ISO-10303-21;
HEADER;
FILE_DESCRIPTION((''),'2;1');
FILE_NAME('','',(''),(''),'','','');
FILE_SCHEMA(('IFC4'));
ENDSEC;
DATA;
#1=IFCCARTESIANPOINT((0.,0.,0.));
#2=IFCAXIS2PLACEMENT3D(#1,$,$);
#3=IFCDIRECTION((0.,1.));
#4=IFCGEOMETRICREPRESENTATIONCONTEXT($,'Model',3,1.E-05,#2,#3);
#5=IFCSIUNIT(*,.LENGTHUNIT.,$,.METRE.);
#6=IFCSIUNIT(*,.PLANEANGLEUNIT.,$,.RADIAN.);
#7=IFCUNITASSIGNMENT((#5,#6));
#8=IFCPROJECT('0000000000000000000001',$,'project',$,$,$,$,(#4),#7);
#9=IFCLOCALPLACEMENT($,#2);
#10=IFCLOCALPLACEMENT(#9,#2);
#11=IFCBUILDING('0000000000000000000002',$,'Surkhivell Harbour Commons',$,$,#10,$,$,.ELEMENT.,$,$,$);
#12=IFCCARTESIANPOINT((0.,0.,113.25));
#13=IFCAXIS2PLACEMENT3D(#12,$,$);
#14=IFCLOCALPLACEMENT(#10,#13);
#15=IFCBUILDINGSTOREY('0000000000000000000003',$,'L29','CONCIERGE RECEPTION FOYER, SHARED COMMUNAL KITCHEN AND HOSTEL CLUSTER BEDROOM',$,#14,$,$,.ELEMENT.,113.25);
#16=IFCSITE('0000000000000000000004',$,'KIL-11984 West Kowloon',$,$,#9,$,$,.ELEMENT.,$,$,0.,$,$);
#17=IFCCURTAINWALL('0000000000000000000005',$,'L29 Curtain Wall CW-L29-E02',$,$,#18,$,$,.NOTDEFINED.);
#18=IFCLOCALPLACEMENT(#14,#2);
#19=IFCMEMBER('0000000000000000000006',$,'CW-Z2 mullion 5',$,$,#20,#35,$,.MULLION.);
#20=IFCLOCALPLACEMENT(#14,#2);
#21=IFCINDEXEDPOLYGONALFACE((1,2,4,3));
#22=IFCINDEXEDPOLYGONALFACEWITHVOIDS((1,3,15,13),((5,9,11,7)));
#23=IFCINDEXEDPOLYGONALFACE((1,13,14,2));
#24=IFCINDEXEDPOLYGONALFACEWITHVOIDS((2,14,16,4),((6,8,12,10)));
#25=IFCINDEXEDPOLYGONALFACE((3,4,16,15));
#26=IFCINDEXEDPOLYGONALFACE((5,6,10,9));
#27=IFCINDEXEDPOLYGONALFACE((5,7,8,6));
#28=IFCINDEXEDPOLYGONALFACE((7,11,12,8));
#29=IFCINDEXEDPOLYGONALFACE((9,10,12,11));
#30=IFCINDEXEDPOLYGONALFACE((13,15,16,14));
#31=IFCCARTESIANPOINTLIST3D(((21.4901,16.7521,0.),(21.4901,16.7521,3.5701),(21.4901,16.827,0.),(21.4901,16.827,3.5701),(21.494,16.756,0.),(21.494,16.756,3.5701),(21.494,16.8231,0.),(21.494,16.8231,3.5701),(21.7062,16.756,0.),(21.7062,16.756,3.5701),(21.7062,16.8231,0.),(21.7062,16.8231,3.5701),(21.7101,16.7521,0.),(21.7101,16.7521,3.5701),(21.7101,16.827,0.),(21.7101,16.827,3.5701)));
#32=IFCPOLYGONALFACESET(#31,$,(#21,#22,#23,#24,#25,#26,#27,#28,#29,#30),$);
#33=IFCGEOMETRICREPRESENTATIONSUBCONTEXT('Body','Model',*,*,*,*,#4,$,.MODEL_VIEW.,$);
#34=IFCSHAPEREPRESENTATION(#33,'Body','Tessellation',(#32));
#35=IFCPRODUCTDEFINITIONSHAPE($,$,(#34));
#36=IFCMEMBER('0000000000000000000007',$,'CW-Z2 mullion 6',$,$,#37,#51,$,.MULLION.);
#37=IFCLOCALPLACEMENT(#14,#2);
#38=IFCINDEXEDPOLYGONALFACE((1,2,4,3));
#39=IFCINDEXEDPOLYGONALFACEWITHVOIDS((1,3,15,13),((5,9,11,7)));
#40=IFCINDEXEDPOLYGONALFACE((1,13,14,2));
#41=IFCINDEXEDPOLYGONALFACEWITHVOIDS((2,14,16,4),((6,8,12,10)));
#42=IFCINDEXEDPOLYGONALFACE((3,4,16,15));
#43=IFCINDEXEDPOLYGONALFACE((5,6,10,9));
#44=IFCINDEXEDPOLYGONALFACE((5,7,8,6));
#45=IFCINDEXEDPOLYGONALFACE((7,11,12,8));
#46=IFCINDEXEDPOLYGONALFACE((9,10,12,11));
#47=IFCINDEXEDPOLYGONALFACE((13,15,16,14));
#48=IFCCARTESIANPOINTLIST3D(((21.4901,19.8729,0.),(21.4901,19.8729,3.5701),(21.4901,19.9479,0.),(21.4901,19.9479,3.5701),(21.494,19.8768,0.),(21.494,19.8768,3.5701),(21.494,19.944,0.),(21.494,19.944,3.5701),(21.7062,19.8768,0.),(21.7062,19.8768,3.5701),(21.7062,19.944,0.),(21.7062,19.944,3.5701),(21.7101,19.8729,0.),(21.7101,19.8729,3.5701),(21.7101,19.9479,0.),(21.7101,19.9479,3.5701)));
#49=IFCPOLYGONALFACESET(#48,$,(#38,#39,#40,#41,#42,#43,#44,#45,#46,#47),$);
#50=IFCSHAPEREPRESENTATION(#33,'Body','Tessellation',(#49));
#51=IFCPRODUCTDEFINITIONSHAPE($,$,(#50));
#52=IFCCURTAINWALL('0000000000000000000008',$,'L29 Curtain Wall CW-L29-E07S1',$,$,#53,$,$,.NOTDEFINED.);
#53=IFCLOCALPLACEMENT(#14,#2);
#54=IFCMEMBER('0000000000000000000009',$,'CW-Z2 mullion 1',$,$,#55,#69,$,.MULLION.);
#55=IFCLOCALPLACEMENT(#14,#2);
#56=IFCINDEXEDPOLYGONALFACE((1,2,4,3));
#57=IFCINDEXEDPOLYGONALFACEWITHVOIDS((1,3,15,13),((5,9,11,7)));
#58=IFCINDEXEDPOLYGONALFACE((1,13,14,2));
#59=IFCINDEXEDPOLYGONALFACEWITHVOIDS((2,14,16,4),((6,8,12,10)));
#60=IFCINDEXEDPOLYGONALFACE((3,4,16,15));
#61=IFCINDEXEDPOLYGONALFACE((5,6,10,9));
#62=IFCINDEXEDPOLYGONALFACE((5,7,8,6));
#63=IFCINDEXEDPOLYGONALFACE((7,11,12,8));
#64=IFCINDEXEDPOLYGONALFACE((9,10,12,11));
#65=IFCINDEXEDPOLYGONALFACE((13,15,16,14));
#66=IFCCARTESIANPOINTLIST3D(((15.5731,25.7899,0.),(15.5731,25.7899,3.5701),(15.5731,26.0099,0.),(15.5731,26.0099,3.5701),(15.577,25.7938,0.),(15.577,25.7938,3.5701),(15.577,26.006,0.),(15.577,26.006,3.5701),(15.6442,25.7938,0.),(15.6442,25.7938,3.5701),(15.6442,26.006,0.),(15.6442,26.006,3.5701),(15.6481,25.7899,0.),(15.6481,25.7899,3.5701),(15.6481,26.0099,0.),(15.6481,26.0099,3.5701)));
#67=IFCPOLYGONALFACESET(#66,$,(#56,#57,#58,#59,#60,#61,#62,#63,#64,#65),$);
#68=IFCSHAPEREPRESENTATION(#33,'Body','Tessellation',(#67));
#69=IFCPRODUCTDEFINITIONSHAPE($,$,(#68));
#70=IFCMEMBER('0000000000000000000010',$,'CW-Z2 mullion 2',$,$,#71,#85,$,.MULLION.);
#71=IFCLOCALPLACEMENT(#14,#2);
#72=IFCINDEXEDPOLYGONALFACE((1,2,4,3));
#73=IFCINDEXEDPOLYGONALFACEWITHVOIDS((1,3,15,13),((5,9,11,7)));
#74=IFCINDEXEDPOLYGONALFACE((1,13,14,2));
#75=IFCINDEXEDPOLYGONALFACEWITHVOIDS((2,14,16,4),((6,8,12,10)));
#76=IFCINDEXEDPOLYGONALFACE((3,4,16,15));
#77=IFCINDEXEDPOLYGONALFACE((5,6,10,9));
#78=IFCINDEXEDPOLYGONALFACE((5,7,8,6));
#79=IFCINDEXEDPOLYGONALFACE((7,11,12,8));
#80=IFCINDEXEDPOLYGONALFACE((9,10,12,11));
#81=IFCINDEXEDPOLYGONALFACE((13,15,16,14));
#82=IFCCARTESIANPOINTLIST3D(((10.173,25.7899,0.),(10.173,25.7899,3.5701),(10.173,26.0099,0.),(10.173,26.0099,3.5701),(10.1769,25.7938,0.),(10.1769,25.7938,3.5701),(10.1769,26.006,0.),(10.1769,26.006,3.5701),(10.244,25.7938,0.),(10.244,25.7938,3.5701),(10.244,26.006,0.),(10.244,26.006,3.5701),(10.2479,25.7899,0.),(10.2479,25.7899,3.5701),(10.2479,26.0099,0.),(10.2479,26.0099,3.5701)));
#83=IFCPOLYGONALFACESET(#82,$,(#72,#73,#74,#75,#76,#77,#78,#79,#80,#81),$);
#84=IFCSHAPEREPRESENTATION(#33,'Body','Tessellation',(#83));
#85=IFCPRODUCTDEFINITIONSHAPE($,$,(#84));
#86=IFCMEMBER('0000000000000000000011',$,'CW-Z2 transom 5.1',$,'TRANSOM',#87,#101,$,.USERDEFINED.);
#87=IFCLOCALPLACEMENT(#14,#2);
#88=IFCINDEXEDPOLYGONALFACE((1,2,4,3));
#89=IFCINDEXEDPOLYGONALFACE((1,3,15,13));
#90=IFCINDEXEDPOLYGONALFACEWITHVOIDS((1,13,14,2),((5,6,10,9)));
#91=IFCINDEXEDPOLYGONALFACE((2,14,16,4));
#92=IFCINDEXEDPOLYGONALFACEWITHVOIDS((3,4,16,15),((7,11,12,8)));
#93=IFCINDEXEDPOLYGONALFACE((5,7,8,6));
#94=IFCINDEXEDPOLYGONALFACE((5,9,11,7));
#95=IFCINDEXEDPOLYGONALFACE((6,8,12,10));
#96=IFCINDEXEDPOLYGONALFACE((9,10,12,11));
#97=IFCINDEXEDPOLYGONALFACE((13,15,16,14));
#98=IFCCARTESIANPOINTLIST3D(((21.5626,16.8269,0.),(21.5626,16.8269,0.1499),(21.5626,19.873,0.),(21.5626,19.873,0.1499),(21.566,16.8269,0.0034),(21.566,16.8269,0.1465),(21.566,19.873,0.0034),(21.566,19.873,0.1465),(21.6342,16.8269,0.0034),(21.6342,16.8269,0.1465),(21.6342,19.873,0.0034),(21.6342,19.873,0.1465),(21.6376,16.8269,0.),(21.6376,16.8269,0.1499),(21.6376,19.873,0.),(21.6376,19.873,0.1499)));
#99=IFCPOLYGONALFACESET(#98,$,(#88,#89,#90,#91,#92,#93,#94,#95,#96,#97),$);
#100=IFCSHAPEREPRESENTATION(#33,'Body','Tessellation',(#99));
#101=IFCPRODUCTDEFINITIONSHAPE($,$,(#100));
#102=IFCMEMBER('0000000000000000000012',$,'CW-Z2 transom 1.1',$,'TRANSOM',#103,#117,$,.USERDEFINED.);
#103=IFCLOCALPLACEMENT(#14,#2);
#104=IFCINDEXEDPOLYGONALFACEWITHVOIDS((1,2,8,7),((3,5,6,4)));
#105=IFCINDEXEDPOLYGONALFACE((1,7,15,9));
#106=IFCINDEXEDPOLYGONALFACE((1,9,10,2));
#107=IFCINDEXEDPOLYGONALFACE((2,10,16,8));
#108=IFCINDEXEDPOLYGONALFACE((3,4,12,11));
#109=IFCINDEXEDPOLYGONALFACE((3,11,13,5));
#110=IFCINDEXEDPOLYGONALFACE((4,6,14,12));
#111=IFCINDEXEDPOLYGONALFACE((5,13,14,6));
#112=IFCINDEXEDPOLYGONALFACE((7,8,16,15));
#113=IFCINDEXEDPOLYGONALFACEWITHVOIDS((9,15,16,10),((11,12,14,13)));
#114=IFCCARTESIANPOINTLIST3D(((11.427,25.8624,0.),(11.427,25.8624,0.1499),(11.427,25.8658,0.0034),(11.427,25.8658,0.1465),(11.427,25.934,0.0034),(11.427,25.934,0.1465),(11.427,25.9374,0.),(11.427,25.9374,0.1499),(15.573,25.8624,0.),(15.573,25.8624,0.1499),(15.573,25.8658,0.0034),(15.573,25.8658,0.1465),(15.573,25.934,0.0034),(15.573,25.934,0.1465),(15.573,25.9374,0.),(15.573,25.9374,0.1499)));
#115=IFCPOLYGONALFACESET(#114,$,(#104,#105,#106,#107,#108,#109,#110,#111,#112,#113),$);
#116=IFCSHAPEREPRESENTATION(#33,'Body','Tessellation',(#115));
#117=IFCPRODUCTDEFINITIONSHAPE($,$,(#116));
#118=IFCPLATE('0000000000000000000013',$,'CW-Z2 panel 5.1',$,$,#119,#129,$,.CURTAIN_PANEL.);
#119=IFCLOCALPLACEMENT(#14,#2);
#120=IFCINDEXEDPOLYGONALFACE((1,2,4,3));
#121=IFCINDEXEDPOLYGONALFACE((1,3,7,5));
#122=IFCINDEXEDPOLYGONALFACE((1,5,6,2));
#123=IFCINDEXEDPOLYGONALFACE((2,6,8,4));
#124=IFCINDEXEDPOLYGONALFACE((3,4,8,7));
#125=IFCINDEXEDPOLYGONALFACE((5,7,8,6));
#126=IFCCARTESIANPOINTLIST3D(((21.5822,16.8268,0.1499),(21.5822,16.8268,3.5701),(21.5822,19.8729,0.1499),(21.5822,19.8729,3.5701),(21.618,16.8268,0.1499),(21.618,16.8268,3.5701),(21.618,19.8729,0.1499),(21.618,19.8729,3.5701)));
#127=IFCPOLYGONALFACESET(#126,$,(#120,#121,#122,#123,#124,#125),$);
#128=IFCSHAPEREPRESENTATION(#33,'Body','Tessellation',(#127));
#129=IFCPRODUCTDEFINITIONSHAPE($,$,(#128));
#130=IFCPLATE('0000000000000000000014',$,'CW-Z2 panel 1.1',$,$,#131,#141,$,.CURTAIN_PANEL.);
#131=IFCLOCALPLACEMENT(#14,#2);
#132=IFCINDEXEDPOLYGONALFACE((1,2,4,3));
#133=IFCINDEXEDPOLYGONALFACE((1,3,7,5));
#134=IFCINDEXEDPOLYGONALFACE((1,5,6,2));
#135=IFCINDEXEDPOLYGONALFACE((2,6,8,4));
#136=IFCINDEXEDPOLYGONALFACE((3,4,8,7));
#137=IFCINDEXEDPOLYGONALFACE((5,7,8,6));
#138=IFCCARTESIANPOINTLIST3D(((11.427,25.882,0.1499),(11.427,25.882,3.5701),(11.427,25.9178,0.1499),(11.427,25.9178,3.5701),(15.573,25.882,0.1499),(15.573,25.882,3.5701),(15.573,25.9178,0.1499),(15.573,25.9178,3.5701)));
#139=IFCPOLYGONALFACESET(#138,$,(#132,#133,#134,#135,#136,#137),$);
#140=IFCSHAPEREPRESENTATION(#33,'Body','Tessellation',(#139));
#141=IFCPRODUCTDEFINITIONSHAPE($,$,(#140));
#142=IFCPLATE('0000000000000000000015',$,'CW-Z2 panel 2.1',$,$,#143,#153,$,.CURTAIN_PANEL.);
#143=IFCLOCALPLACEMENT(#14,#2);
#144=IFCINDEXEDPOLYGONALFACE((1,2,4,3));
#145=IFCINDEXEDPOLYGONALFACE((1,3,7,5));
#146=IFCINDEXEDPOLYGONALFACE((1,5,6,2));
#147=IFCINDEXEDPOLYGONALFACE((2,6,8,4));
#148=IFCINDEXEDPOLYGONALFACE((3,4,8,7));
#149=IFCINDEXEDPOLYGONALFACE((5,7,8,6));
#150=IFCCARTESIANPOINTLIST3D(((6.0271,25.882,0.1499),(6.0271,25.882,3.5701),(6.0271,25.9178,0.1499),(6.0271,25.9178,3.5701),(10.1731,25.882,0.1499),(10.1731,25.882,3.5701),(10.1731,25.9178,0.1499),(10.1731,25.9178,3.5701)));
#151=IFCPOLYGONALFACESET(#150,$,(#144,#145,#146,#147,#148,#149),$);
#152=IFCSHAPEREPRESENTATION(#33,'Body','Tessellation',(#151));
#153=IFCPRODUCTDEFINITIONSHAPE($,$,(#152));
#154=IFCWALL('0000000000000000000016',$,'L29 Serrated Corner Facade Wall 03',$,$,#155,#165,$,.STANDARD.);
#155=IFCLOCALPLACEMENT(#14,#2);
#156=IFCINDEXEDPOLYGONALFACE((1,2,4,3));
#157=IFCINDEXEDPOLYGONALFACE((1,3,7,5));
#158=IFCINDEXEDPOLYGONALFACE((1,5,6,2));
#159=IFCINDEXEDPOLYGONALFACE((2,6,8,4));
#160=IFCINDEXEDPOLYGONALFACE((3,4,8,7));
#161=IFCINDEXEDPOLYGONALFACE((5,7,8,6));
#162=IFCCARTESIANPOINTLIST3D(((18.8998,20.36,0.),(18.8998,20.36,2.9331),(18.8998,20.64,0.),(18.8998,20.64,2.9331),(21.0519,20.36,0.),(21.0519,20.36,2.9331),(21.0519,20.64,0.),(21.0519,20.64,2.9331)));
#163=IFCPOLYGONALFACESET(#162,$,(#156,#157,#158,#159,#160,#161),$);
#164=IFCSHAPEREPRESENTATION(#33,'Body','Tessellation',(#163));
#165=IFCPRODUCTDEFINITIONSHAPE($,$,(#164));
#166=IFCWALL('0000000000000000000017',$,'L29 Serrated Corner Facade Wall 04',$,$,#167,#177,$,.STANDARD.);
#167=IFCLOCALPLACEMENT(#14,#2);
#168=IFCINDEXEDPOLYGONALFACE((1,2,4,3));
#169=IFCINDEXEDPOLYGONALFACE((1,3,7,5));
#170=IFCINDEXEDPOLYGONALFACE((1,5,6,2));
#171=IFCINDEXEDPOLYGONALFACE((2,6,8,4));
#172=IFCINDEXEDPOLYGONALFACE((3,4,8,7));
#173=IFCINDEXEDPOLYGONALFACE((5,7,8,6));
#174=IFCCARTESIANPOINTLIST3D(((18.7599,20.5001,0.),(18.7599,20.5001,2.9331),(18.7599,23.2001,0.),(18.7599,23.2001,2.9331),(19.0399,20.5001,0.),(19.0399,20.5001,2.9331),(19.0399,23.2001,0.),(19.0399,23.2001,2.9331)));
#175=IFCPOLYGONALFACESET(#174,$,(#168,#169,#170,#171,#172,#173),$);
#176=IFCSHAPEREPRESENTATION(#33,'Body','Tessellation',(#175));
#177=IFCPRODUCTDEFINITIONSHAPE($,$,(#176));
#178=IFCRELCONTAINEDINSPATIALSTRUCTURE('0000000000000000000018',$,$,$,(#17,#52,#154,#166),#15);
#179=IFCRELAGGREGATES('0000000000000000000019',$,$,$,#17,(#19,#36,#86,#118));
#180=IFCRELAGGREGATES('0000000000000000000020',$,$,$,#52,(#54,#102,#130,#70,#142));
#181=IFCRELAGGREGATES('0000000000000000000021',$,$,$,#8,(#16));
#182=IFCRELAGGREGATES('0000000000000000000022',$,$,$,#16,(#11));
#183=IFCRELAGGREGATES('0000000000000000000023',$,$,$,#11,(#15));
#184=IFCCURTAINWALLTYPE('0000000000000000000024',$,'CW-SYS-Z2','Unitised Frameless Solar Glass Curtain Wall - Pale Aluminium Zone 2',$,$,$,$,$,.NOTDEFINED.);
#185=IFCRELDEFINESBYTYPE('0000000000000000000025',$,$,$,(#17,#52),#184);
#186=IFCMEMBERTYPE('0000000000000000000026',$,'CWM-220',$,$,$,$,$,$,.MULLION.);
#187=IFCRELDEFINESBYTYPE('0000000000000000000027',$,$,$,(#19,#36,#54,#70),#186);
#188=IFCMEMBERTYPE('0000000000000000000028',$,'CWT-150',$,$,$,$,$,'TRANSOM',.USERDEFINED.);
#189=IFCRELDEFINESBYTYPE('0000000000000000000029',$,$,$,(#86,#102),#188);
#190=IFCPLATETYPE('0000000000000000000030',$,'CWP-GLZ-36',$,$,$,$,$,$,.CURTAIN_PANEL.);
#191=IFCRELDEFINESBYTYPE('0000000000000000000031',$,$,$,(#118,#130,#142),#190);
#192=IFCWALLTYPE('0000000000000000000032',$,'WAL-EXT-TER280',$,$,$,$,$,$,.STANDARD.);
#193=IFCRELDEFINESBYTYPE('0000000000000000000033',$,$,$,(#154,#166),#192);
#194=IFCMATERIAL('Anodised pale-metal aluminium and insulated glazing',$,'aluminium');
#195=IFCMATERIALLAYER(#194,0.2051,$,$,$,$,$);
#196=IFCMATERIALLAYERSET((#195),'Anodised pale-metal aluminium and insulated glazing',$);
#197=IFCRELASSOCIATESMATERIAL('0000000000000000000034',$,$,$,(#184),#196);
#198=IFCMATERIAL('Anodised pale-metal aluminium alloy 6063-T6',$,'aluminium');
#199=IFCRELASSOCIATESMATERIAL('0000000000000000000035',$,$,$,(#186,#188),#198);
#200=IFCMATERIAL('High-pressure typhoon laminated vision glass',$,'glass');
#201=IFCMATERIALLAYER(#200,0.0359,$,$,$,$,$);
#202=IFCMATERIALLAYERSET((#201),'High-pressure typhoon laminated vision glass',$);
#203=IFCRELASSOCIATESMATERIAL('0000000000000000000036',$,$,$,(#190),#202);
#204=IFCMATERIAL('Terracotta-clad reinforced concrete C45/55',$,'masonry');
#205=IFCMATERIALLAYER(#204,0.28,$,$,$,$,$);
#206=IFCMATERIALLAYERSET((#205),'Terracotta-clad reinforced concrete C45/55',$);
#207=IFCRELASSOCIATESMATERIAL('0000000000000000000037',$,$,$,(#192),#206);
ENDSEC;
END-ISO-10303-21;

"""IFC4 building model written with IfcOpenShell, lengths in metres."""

from ifc_helpers import new_model, si_unit, direction, frame, frame_2d, origin, origin_2d, place, context, subcontext, project, spatial, rectangle, hollow_rectangle, extrude, material, layer, layer_set, material_profile, profile_set, type_object, element, aggregate, save


model = new_model("IFC4")

# Units and contexts
model_context = context("Model", 3, precision=1e-05, world=origin(), true_north=direction((0.0, 1.0)))
body_context = subcontext(model_context, "Body", "Model", "MODEL_VIEW")
ifc_project = project(units=[si_unit("LENGTHUNIT", "METRE"), si_unit("PLANEANGLEUNIT", "RADIAN")], contexts=[model_context])

# Site, building, storey
site_placement = place(None, origin())
site = spatial("IfcSite", under=ifc_project, at=site_placement, Name="KIL-11984 West Kowloon", CompositionType="ELEMENT", RefElevation=0.0)
building_placement = place(site_placement, origin())
building = spatial("IfcBuilding", under=site, at=building_placement, Name="Surkhivell Harbour Commons", CompositionType="ELEMENT")
storey_placement = place(building_placement, frame((0.0, 0.0, 113.25)))
storey = spatial("IfcBuildingStorey", under=building, at=storey_placement, Name="L29", Description="CONCIERGE RECEPTION FOYER, SHARED COMMUNAL KITCHEN AND HOSTEL CLUSTER BEDROOM", CompositionType="ELEMENT", Elevation=113.25)

# Curtain walls, members
ifc_material_1 = material(Name="Anodised pale-metal aluminium and insulated glazing", Category="aluminium")
ifc_layer_1 = layer(ifc_material_1, 0.2051)
ifc_layer_set_1 = layer_set([ifc_layer_1], Name="Anodised pale-metal aluminium and insulated glazing")
curtain_wall_type = type_object("IfcCurtainWallType", Name="CW-SYS-Z2", Description="Unitised Frameless Solar Glass Curtain Wall - Pale Aluminium Zone 2", PredefinedType="NOTDEFINED", material=ifc_layer_set_1)
curtain_wall_1_placement = place(storey_placement, origin())
curtain_wall_1 = element("IfcCurtainWall", 1, at=curtain_wall_1_placement, inside=storey, type_object=curtain_wall_type, Name="L29 Curtain Wall CW-L29-E02", PredefinedType="NOTDEFINED")
ifc_material_2 = material(Name="Anodised pale-metal aluminium alloy 6063-T6", Category="aluminium")
ifc_material_profile_1 = material_profile(ifc_material_2, hollow_rectangle(XDim=0.075, YDim=0.22, WallThickness=0.0039, at=origin_2d()), Name="ALU-MULL-75x220")
ifc_profile_set_1 = profile_set([ifc_material_profile_1], Name="Anodised pale-metal aluminium alloy 6063-T6")
member_type_1 = type_object("IfcMemberType", Name="CWM-220", PredefinedType="MULLION", material=ifc_profile_set_1)
member_1_placement = place(storey_placement, frame((21.6001, 16.7896, 0.0), z_axis=(0.0, 0.0, 1.0), x_axis=(0.0, 1.0, 0.0)))
member_1 = element("IfcMember", 2, at=member_1_placement, type_object=member_type_1, Name="CW-Z2 mullion 5", PredefinedType="MULLION", context=body_context, shape_type="SweptSolid", body=[
    extrude(hollow_rectangle(XDim=0.075, YDim=0.22, WallThickness=0.0039, at=origin_2d()), origin(), (0.0, 0.0, 1.0), 3.5701),
])
member_2_placement = place(storey_placement, frame((21.6001, 19.9104, 0.0), z_axis=(0.0, 0.0, 1.0), x_axis=(0.0, 1.0, 0.0)))
member_2 = element("IfcMember", 3, at=member_2_placement, type_object=member_type_1, Name="CW-Z2 mullion 6", PredefinedType="MULLION", context=body_context, shape_type="SweptSolid", body=[
    extrude(hollow_rectangle(XDim=0.075, YDim=0.22, WallThickness=0.0039, at=origin_2d()), origin(), (0.0, 0.0, 1.0), 3.5701),
])
curtain_wall_2_placement = place(storey_placement, origin())
curtain_wall_2 = element("IfcCurtainWall", 4, at=curtain_wall_2_placement, inside=storey, type_object=curtain_wall_type, Name="L29 Curtain Wall CW-L29-E07S1", PredefinedType="NOTDEFINED")
member_3_placement = place(storey_placement, frame((15.6106, 25.8999, 0.0), z_axis=(0.0, 0.0, 1.0), x_axis=(-1.0, 0.0, 0.0)))
member_3 = element("IfcMember", 5, at=member_3_placement, type_object=member_type_1, Name="CW-Z2 mullion 1", PredefinedType="MULLION", context=body_context, shape_type="SweptSolid", body=[
    extrude(hollow_rectangle(XDim=0.075, YDim=0.22, WallThickness=0.0039, at=origin_2d()), origin(), (0.0, 0.0, 1.0), 3.5701),
])
member_4_placement = place(storey_placement, frame((10.2104, 25.8999, 0.0), z_axis=(0.0, 0.0, 1.0), x_axis=(-1.0, 0.0, 0.0)))
member_4 = element("IfcMember", 6, at=member_4_placement, type_object=member_type_1, Name="CW-Z2 mullion 2", PredefinedType="MULLION", context=body_context, shape_type="SweptSolid", body=[
    extrude(hollow_rectangle(XDim=0.075, YDim=0.22, WallThickness=0.0039, at=origin_2d()), origin(), (0.0, 0.0, 1.0), 3.5701),
])

# Members
ifc_material_profile_2 = material_profile(ifc_material_2, hollow_rectangle(XDim=0.075, YDim=0.1499, WallThickness=0.0034, at=origin_2d()), Name="ALU-TRAN-75x150")
ifc_profile_set_2 = profile_set([ifc_material_profile_2], Name="Anodised pale-metal aluminium alloy 6063-T6")
member_type_2 = type_object("IfcMemberType", Name="CWT-150", ElementType="TRANSOM", PredefinedType="USERDEFINED", material=ifc_profile_set_2)
member_5_placement = place(storey_placement, frame((21.6001, 16.8269, 0.075), z_axis=(0.0, 1.0, 0.0), x_axis=(-1.0, 0.0, 0.0)))
member_5 = element("IfcMember", 7, at=member_5_placement, type_object=member_type_2, Name="CW-Z2 transom 5.1", ObjectType="TRANSOM", PredefinedType="USERDEFINED", context=body_context, shape_type="SweptSolid", body=[
    extrude(hollow_rectangle(XDim=0.075, YDim=0.1499, WallThickness=0.0034, at=origin_2d()), origin(), (0.0, 0.0, 1.0), 3.0461),
])
member_6_placement = place(storey_placement, frame((15.573, 25.8999, 0.075), z_axis=(-1.0, 0.0, 0.0), x_axis=(0.0, -1.0, 0.0)))
member_6 = element("IfcMember", 8, at=member_6_placement, type_object=member_type_2, Name="CW-Z2 transom 1.1", ObjectType="TRANSOM", PredefinedType="USERDEFINED", context=body_context, shape_type="SweptSolid", body=[
    extrude(hollow_rectangle(XDim=0.075, YDim=0.1499, WallThickness=0.0034, at=origin_2d()), origin(), (0.0, 0.0, 1.0), 4.146),
])

# Plates
ifc_material_3 = material(Name="High-pressure typhoon laminated vision glass", Category="glass")
ifc_layer_2 = layer(ifc_material_3, 0.0359)
ifc_layer_set_2 = layer_set([ifc_layer_2], Name="High-pressure typhoon laminated vision glass")
plate_type = type_object("IfcPlateType", Name="CWP-GLZ-36", PredefinedType="CURTAIN_PANEL", material=ifc_layer_set_2)
plate_1_placement = place(storey_placement, frame((21.6001, 16.8269, 0.1499), z_axis=(0.0, 0.0, 1.0), x_axis=(0.0, 1.0, 0.0)))
plate_1 = element("IfcPlate", 9, at=plate_1_placement, type_object=plate_type, Name="CW-Z2 panel 5.1", PredefinedType="CURTAIN_PANEL", context=body_context, shape_type="SweptSolid", body=[
    extrude(rectangle(XDim=3.0461, YDim=0.0359, at=frame_2d((1.5229, 0.0))), origin(), (0.0, 0.0, 1.0), 3.4202),
])
aggregate(curtain_wall_1, [member_1, member_2, member_5, plate_1])
plate_2_placement = place(storey_placement, frame((15.573, 25.8999, 0.1499), z_axis=(0.0, 0.0, 1.0), x_axis=(-1.0, 0.0, 0.0)))
plate_2 = element("IfcPlate", 10, at=plate_2_placement, type_object=plate_type, Name="CW-Z2 panel 1.1", PredefinedType="CURTAIN_PANEL", context=body_context, shape_type="SweptSolid", body=[
    extrude(rectangle(XDim=4.146, YDim=0.0359, at=frame_2d((2.073, 0.0))), origin(), (0.0, 0.0, 1.0), 3.4202),
])
plate_3_placement = place(storey_placement, frame((10.1731, 25.8999, 0.1499), z_axis=(0.0, 0.0, 1.0), x_axis=(-1.0, 0.0, 0.0)))
plate_3 = element("IfcPlate", 11, at=plate_3_placement, type_object=plate_type, Name="CW-Z2 panel 2.1", PredefinedType="CURTAIN_PANEL", context=body_context, shape_type="SweptSolid", body=[
    extrude(rectangle(XDim=4.146, YDim=0.0359, at=frame_2d((2.073, 0.0))), origin(), (0.0, 0.0, 1.0), 3.4202),
])
aggregate(curtain_wall_2, [member_3, member_6, plate_2, member_4, plate_3])

# Walls
ifc_material_4 = material(Name="Terracotta-clad reinforced concrete C45/55", Category="masonry")
ifc_layer_3 = layer(ifc_material_4, 0.28)
ifc_layer_set_3 = layer_set([ifc_layer_3], Name="Terracotta-clad reinforced concrete C45/55")
wall_type = type_object("IfcWallType", Name="WAL-EXT-TER280", PredefinedType="STANDARD", material=ifc_layer_set_3)
wall_1_placement = place(storey_placement, frame((21.052, 20.5, 0.0), z_axis=(0.0, 0.0, 1.0), x_axis=(-1.0, 0.0, 0.0)))
element("IfcWall", 12, at=wall_1_placement, inside=storey, type_object=wall_type, Name="L29 Serrated Corner Facade Wall 03", PredefinedType="STANDARD", context=body_context, shape_type="SweptSolid", body=[
    extrude(rectangle(XDim=2.1521, YDim=0.28, at=frame_2d((1.0762, 0.0))), origin(), (0.0, 0.0, 1.0), 2.9331),
])
wall_2_placement = place(storey_placement, frame((18.8999, 20.5, 0.0), z_axis=(0.0, 0.0, 1.0), x_axis=(0.0, 1.0, 0.0)))
element("IfcWall", 13, at=wall_2_placement, inside=storey, type_object=wall_type, Name="L29 Serrated Corner Facade Wall 04", PredefinedType="STANDARD", context=body_context, shape_type="SweptSolid", body=[
    extrude(rectangle(XDim=2.7, YDim=0.28, at=frame_2d((1.3501, 0.0))), origin(), (0.0, 0.0, 1.0), 2.9331),
])

save(model, "model.ifc")
